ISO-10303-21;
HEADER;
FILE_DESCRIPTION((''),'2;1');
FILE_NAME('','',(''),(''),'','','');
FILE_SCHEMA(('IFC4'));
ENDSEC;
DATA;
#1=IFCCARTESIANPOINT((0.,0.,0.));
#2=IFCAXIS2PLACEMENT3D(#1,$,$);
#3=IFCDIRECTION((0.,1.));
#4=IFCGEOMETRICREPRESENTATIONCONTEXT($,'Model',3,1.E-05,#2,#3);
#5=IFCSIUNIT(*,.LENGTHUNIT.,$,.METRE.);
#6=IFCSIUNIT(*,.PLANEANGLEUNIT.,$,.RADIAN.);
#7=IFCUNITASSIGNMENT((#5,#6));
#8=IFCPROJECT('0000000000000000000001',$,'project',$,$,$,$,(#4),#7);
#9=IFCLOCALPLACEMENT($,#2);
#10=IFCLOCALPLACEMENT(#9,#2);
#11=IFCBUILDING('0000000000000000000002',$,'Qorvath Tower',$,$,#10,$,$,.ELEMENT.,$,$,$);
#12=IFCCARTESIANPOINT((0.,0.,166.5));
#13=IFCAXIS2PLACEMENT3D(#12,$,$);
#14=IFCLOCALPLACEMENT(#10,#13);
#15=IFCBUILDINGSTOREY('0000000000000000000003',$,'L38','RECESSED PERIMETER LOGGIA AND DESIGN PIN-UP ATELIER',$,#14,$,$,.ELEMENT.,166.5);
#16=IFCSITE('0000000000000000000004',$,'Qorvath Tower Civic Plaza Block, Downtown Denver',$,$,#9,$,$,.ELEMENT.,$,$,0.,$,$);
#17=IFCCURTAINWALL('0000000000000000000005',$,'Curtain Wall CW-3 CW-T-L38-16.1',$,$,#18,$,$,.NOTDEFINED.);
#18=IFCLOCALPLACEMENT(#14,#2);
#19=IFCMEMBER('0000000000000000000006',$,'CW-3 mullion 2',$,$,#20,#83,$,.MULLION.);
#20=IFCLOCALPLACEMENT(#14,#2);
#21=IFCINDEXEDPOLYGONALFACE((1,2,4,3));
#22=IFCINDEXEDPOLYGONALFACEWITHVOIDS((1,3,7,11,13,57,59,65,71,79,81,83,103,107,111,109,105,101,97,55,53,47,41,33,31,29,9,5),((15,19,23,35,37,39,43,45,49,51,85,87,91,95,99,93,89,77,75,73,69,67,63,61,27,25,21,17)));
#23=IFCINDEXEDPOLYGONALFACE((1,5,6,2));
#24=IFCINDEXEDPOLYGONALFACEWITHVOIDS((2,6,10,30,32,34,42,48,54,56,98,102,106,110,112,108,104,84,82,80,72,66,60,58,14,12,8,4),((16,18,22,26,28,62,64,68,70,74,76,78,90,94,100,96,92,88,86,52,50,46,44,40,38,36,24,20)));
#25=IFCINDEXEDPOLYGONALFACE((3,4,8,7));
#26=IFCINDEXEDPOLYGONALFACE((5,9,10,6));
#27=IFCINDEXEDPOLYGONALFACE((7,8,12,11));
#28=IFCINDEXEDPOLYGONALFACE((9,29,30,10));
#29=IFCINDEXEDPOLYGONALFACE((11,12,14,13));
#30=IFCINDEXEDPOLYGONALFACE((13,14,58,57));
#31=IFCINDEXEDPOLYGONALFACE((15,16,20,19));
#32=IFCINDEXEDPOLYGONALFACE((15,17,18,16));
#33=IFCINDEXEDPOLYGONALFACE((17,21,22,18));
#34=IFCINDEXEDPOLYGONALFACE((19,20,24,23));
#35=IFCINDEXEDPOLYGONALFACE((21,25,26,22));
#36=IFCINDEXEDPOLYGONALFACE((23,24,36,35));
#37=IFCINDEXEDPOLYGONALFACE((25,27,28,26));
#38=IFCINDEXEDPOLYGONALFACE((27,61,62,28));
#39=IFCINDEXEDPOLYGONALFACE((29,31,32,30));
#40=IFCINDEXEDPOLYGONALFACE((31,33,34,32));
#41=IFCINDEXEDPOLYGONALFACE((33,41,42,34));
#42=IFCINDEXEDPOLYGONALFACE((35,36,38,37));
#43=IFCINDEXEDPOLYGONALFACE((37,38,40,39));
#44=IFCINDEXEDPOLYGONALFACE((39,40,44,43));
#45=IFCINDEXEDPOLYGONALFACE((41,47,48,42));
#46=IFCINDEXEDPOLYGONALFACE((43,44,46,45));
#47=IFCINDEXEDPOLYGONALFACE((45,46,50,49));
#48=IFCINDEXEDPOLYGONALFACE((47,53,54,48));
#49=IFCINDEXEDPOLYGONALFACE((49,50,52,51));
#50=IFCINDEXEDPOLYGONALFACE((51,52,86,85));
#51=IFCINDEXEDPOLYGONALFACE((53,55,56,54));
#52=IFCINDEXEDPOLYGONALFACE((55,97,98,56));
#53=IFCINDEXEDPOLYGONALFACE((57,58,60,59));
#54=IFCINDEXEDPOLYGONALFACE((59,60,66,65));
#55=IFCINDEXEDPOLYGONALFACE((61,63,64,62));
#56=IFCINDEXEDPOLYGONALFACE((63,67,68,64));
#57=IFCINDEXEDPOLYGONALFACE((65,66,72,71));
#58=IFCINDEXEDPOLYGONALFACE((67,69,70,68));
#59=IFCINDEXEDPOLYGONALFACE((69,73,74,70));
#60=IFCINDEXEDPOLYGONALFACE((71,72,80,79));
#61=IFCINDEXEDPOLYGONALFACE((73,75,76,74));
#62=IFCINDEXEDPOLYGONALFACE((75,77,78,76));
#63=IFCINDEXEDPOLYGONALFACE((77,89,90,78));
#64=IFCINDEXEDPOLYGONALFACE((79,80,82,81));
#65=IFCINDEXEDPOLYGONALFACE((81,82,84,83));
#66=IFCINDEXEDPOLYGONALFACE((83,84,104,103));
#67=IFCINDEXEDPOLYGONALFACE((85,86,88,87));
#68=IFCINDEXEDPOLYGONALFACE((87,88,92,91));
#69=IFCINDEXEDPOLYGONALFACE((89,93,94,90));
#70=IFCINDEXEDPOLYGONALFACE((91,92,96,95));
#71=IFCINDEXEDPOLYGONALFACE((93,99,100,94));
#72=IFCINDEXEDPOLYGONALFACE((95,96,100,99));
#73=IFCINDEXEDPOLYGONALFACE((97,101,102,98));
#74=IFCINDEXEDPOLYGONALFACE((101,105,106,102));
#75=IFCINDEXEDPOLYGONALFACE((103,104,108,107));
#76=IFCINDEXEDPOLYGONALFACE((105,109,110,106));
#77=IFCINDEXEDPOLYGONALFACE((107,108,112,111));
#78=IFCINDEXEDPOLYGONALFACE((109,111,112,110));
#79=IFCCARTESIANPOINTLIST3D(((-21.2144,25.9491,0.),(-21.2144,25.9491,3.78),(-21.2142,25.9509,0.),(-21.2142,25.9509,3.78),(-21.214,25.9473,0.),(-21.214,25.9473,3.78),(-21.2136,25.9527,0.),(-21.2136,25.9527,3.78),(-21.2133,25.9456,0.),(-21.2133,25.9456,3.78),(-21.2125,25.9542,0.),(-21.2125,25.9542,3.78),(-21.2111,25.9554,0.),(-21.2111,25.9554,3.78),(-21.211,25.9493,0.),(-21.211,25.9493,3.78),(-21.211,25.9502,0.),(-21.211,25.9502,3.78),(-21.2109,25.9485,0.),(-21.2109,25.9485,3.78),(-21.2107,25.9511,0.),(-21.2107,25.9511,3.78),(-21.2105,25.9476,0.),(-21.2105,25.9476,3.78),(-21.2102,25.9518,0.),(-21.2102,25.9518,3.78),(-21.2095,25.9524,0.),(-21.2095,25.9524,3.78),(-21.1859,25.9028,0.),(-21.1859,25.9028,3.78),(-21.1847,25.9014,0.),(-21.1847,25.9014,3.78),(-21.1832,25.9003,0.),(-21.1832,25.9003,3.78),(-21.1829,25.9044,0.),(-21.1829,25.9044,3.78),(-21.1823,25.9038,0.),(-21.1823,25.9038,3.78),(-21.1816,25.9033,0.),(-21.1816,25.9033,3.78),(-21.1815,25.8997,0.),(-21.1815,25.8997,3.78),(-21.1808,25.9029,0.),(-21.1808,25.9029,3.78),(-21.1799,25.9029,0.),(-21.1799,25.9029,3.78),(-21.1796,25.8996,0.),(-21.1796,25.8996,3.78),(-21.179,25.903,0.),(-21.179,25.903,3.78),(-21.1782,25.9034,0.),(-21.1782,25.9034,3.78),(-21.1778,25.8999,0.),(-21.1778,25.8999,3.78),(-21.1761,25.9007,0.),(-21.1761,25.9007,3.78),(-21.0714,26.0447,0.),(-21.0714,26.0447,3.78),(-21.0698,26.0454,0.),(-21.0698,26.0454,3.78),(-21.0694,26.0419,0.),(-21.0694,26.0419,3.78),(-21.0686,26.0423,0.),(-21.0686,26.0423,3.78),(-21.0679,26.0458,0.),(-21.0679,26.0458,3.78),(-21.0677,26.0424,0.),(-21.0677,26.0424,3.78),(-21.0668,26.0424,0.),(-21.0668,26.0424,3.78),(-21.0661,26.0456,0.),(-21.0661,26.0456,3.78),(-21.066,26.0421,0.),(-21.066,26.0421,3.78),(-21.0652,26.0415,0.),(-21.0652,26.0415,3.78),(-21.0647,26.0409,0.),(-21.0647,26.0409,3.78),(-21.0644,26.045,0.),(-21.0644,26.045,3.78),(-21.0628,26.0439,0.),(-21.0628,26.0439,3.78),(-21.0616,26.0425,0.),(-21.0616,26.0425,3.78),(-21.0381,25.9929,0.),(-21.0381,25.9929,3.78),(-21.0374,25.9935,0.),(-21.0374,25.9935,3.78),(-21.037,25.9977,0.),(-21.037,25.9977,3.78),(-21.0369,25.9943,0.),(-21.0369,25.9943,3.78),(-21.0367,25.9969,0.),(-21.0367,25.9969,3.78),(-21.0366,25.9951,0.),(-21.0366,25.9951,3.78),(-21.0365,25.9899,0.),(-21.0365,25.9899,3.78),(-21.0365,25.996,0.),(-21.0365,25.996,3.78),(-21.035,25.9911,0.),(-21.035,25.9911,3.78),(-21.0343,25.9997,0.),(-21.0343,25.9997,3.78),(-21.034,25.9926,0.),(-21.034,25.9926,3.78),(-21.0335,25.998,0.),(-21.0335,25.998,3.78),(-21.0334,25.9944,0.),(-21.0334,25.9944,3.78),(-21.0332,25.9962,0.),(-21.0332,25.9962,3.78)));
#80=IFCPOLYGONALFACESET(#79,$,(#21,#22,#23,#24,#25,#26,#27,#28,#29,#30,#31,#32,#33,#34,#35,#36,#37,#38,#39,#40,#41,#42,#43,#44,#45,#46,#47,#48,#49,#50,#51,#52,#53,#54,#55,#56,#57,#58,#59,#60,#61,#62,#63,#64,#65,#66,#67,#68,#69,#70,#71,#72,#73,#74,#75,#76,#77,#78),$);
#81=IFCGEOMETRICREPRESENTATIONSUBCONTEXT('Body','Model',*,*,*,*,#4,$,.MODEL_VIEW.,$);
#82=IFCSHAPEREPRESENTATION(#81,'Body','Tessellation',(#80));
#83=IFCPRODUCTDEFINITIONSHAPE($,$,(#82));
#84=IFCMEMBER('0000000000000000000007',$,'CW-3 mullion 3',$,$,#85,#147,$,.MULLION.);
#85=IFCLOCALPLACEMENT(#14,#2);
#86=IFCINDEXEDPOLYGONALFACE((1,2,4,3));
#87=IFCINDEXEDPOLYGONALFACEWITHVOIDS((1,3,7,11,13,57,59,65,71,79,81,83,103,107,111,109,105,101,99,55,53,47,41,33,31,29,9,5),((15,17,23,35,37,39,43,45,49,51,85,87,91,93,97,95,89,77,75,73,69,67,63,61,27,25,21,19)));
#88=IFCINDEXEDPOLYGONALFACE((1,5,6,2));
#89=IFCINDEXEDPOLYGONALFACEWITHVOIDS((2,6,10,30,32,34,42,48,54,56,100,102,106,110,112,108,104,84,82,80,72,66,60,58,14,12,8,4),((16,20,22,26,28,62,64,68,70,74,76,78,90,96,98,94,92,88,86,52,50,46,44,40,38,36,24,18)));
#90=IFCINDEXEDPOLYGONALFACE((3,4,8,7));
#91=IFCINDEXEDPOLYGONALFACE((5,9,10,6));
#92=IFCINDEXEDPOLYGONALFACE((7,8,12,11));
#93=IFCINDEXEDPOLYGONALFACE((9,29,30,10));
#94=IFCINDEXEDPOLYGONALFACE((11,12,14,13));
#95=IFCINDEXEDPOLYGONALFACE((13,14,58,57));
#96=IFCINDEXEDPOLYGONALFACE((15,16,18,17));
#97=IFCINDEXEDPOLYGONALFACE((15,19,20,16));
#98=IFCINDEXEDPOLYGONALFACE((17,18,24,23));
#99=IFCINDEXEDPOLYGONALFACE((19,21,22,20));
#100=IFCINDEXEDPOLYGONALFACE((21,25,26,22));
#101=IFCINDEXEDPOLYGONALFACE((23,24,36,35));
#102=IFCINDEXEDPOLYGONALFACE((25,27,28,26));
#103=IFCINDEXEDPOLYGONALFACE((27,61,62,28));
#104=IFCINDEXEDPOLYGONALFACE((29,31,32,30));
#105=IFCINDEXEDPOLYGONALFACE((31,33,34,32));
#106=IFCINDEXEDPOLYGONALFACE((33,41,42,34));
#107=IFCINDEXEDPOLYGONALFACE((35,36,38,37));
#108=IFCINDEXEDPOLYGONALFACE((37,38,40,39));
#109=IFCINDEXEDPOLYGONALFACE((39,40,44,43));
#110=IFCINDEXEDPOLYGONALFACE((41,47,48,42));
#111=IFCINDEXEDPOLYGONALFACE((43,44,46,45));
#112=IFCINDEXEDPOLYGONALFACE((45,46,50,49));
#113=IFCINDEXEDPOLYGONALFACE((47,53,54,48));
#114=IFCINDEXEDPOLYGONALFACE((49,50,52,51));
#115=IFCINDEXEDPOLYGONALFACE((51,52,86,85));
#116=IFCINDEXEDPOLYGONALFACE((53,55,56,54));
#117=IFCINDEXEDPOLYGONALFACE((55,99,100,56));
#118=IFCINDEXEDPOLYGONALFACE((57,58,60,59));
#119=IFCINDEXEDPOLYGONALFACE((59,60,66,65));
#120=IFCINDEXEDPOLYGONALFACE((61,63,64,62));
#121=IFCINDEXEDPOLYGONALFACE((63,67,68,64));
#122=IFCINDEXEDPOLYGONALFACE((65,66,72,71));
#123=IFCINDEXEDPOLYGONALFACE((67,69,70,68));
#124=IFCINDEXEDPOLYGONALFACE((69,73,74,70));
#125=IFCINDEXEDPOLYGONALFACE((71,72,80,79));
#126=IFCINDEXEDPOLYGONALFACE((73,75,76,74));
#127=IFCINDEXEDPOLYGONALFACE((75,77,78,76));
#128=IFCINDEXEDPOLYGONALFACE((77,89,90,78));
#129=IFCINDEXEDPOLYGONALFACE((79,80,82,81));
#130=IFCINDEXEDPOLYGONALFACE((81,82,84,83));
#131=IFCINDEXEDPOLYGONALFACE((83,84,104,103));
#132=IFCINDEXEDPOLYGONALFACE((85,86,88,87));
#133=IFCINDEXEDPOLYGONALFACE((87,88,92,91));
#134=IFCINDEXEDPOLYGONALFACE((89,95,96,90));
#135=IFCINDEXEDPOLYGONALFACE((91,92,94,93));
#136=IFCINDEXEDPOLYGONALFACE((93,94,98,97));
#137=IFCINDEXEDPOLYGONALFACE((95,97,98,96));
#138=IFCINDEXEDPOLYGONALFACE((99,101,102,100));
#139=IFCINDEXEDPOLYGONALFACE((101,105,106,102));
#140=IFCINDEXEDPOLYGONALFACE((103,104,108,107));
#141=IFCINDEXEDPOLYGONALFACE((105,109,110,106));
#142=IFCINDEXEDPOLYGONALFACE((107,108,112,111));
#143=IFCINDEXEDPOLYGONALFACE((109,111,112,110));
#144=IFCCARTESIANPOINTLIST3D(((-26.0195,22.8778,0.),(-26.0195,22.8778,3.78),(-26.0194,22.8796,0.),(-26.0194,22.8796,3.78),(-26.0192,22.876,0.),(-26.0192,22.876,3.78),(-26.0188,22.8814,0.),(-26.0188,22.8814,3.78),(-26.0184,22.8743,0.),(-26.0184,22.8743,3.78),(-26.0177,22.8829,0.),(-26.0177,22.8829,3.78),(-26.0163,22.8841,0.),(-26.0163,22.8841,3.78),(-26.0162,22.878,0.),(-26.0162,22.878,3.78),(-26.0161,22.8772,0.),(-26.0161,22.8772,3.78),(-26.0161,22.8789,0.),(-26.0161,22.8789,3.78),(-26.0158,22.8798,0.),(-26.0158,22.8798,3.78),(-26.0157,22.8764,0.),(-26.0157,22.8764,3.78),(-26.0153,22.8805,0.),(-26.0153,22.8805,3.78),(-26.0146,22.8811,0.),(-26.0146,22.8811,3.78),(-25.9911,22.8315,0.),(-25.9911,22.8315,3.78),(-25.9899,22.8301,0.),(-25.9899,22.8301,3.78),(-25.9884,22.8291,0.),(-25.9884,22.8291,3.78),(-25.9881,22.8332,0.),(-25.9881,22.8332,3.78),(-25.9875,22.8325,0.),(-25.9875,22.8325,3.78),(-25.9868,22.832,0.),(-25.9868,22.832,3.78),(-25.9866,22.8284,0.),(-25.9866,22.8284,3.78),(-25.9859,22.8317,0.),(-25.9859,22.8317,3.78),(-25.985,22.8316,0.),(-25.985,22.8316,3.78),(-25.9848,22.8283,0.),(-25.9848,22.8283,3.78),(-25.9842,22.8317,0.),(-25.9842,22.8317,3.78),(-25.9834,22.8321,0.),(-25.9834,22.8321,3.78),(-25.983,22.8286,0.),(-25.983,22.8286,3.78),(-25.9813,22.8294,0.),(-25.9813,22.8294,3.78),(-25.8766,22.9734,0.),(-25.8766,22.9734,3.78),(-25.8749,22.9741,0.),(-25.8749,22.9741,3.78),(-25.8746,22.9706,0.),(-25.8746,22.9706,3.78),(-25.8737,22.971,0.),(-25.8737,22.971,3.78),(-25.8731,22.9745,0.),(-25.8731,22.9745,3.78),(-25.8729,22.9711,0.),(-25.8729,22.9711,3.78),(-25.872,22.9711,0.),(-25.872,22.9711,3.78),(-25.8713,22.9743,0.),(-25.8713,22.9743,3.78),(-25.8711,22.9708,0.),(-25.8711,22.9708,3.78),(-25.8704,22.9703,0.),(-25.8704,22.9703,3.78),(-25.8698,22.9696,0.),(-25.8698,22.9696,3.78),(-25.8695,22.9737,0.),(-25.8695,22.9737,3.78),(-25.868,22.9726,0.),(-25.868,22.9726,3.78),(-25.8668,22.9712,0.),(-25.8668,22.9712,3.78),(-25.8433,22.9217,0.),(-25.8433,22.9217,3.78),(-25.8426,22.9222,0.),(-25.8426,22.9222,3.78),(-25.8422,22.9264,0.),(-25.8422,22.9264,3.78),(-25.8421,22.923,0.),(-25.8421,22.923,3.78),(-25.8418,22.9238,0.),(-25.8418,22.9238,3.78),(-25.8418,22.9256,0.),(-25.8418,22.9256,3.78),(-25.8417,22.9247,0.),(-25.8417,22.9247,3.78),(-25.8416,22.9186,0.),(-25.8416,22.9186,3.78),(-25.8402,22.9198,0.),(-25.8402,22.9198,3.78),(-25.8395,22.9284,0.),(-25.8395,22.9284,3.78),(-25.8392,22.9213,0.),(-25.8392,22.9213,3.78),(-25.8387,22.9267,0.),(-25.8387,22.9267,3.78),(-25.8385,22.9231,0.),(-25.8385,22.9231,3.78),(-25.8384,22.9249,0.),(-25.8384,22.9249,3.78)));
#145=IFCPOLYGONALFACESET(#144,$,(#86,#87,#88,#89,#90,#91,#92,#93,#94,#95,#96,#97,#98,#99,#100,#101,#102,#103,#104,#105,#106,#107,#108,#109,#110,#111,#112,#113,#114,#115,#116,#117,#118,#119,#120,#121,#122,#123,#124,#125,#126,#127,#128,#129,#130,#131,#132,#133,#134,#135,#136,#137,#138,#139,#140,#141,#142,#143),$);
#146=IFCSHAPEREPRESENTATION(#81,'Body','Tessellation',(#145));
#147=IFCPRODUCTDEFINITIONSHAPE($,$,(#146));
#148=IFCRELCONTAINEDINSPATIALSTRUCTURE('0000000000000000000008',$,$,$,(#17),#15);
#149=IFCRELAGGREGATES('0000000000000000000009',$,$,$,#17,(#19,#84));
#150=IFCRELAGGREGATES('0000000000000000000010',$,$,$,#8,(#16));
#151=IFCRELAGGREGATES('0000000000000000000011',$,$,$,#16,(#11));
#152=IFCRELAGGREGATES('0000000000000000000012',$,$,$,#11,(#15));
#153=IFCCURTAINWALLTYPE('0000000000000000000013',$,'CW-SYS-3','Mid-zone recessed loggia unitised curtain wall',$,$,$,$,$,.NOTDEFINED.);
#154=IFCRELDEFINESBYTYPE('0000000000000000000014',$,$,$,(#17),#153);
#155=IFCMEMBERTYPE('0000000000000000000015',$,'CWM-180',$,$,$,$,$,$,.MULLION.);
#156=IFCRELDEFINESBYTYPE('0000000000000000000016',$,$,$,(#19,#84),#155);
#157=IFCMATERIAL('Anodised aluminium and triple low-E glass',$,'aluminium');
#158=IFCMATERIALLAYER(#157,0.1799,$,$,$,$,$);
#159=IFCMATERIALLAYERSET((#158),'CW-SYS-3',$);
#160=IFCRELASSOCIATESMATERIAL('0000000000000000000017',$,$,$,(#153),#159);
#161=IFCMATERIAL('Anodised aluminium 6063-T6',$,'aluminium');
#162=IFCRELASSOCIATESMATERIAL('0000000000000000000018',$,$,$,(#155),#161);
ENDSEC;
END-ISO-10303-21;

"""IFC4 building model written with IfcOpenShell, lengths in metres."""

from ifc_helpers import new_model, si_unit, direction, frame, origin, origin_2d, place, context, subcontext, project, spatial, hollow_rectangle, extrude, material, layer, layer_set, material_profile, profile_set, type_object, element, aggregate, save


model = new_model("IFC4")

# Units and contexts
model_context = context("Model", 3, precision=1e-05, world=origin(), true_north=direction((0.0, 1.0)))
body_context = subcontext(model_context, "Body", "Model", "MODEL_VIEW")
ifc_project = project(units=[si_unit("LENGTHUNIT", "METRE"), si_unit("PLANEANGLEUNIT", "RADIAN")], contexts=[model_context])

# Site, building, storey
site_placement = place(None, origin())
site = spatial("IfcSite", under=ifc_project, at=site_placement, Name="Qorvath Tower Civic Plaza Block, Downtown Denver", CompositionType="ELEMENT", RefElevation=0.0)
building_placement = place(site_placement, origin())
building = spatial("IfcBuilding", under=site, at=building_placement, Name="Qorvath Tower", CompositionType="ELEMENT")
storey_placement = place(building_placement, frame((0.0, 0.0, 166.5)))
storey = spatial("IfcBuildingStorey", under=building, at=storey_placement, Name="L38", Description="RECESSED PERIMETER LOGGIA AND DESIGN PIN-UP ATELIER", CompositionType="ELEMENT", Elevation=166.5)

# Curtain wall, members
ifc_material_1 = material(Name="Anodised aluminium and triple low-E glass", Category="aluminium")
ifc_layer_1 = layer(ifc_material_1, 0.1799)
ifc_layer_set_1 = layer_set([ifc_layer_1], Name="CW-SYS-3")
curtain_wall_type = type_object("IfcCurtainWallType", Name="CW-SYS-3", Description="Mid-zone recessed loggia unitised curtain wall", PredefinedType="NOTDEFINED", material=ifc_layer_set_1)
curtain_wall_placement = place(storey_placement, origin())
curtain_wall = element("IfcCurtainWall", 1, at=curtain_wall_placement, inside=storey, type_object=curtain_wall_type, Name="Curtain Wall CW-3 CW-T-L38-16.1", PredefinedType="NOTDEFINED")
ifc_material_2 = material(Name="Anodised aluminium 6063-T6", Category="aluminium")
ifc_material_profile_1 = material_profile(ifc_material_2, hollow_rectangle(XDim=0.0649, YDim=0.1799, WallThickness=0.0034, InnerFilletRadius=0.0034, OuterFilletRadius=0.0071, at=origin_2d()), Name="CWM 180x65")
ifc_profile_set_1 = profile_set([ifc_material_profile_1], Name="Anodised aluminium 6063-T6")
member_type_1 = type_object("IfcMemberType", Name="CWM-180", PredefinedType="MULLION", material=ifc_profile_set_1)
member_1_placement = place(storey_placement, frame((-21.1238, 25.9727, 0.0), z_axis=(0.0, 0.0, 1.0), x_axis=(0.538534, -0.842604, 0.0)))
member_1 = element("IfcMember", 2, at=member_1_placement, type_object=member_type_1, Name="CW-3 mullion 2", PredefinedType="MULLION", context=body_context, shape_type="SweptSolid", body=[
    extrude(hollow_rectangle(XDim=0.0649, YDim=0.1799, WallThickness=0.0034, InnerFilletRadius=0.0034, OuterFilletRadius=0.0071, at=origin_2d()), origin(), (0.0, 0.0, 1.0), 3.78),
])
member_2_placement = place(storey_placement, frame((-25.929, 22.9014, 0.0), z_axis=(0.0, 0.0, 1.0), x_axis=(0.538534, -0.842604, 0.0)))
member_2 = element("IfcMember", 3, at=member_2_placement, type_object=member_type_1, Name="CW-3 mullion 3", PredefinedType="MULLION", context=body_context, shape_type="SweptSolid", body=[
    extrude(hollow_rectangle(XDim=0.0649, YDim=0.1799, WallThickness=0.0034, InnerFilletRadius=0.0034, OuterFilletRadius=0.0071, at=origin_2d()), origin(), (0.0, 0.0, 1.0), 3.78),
])
aggregate(curtain_wall, [member_1, member_2])

save(model, "model.ifc")
